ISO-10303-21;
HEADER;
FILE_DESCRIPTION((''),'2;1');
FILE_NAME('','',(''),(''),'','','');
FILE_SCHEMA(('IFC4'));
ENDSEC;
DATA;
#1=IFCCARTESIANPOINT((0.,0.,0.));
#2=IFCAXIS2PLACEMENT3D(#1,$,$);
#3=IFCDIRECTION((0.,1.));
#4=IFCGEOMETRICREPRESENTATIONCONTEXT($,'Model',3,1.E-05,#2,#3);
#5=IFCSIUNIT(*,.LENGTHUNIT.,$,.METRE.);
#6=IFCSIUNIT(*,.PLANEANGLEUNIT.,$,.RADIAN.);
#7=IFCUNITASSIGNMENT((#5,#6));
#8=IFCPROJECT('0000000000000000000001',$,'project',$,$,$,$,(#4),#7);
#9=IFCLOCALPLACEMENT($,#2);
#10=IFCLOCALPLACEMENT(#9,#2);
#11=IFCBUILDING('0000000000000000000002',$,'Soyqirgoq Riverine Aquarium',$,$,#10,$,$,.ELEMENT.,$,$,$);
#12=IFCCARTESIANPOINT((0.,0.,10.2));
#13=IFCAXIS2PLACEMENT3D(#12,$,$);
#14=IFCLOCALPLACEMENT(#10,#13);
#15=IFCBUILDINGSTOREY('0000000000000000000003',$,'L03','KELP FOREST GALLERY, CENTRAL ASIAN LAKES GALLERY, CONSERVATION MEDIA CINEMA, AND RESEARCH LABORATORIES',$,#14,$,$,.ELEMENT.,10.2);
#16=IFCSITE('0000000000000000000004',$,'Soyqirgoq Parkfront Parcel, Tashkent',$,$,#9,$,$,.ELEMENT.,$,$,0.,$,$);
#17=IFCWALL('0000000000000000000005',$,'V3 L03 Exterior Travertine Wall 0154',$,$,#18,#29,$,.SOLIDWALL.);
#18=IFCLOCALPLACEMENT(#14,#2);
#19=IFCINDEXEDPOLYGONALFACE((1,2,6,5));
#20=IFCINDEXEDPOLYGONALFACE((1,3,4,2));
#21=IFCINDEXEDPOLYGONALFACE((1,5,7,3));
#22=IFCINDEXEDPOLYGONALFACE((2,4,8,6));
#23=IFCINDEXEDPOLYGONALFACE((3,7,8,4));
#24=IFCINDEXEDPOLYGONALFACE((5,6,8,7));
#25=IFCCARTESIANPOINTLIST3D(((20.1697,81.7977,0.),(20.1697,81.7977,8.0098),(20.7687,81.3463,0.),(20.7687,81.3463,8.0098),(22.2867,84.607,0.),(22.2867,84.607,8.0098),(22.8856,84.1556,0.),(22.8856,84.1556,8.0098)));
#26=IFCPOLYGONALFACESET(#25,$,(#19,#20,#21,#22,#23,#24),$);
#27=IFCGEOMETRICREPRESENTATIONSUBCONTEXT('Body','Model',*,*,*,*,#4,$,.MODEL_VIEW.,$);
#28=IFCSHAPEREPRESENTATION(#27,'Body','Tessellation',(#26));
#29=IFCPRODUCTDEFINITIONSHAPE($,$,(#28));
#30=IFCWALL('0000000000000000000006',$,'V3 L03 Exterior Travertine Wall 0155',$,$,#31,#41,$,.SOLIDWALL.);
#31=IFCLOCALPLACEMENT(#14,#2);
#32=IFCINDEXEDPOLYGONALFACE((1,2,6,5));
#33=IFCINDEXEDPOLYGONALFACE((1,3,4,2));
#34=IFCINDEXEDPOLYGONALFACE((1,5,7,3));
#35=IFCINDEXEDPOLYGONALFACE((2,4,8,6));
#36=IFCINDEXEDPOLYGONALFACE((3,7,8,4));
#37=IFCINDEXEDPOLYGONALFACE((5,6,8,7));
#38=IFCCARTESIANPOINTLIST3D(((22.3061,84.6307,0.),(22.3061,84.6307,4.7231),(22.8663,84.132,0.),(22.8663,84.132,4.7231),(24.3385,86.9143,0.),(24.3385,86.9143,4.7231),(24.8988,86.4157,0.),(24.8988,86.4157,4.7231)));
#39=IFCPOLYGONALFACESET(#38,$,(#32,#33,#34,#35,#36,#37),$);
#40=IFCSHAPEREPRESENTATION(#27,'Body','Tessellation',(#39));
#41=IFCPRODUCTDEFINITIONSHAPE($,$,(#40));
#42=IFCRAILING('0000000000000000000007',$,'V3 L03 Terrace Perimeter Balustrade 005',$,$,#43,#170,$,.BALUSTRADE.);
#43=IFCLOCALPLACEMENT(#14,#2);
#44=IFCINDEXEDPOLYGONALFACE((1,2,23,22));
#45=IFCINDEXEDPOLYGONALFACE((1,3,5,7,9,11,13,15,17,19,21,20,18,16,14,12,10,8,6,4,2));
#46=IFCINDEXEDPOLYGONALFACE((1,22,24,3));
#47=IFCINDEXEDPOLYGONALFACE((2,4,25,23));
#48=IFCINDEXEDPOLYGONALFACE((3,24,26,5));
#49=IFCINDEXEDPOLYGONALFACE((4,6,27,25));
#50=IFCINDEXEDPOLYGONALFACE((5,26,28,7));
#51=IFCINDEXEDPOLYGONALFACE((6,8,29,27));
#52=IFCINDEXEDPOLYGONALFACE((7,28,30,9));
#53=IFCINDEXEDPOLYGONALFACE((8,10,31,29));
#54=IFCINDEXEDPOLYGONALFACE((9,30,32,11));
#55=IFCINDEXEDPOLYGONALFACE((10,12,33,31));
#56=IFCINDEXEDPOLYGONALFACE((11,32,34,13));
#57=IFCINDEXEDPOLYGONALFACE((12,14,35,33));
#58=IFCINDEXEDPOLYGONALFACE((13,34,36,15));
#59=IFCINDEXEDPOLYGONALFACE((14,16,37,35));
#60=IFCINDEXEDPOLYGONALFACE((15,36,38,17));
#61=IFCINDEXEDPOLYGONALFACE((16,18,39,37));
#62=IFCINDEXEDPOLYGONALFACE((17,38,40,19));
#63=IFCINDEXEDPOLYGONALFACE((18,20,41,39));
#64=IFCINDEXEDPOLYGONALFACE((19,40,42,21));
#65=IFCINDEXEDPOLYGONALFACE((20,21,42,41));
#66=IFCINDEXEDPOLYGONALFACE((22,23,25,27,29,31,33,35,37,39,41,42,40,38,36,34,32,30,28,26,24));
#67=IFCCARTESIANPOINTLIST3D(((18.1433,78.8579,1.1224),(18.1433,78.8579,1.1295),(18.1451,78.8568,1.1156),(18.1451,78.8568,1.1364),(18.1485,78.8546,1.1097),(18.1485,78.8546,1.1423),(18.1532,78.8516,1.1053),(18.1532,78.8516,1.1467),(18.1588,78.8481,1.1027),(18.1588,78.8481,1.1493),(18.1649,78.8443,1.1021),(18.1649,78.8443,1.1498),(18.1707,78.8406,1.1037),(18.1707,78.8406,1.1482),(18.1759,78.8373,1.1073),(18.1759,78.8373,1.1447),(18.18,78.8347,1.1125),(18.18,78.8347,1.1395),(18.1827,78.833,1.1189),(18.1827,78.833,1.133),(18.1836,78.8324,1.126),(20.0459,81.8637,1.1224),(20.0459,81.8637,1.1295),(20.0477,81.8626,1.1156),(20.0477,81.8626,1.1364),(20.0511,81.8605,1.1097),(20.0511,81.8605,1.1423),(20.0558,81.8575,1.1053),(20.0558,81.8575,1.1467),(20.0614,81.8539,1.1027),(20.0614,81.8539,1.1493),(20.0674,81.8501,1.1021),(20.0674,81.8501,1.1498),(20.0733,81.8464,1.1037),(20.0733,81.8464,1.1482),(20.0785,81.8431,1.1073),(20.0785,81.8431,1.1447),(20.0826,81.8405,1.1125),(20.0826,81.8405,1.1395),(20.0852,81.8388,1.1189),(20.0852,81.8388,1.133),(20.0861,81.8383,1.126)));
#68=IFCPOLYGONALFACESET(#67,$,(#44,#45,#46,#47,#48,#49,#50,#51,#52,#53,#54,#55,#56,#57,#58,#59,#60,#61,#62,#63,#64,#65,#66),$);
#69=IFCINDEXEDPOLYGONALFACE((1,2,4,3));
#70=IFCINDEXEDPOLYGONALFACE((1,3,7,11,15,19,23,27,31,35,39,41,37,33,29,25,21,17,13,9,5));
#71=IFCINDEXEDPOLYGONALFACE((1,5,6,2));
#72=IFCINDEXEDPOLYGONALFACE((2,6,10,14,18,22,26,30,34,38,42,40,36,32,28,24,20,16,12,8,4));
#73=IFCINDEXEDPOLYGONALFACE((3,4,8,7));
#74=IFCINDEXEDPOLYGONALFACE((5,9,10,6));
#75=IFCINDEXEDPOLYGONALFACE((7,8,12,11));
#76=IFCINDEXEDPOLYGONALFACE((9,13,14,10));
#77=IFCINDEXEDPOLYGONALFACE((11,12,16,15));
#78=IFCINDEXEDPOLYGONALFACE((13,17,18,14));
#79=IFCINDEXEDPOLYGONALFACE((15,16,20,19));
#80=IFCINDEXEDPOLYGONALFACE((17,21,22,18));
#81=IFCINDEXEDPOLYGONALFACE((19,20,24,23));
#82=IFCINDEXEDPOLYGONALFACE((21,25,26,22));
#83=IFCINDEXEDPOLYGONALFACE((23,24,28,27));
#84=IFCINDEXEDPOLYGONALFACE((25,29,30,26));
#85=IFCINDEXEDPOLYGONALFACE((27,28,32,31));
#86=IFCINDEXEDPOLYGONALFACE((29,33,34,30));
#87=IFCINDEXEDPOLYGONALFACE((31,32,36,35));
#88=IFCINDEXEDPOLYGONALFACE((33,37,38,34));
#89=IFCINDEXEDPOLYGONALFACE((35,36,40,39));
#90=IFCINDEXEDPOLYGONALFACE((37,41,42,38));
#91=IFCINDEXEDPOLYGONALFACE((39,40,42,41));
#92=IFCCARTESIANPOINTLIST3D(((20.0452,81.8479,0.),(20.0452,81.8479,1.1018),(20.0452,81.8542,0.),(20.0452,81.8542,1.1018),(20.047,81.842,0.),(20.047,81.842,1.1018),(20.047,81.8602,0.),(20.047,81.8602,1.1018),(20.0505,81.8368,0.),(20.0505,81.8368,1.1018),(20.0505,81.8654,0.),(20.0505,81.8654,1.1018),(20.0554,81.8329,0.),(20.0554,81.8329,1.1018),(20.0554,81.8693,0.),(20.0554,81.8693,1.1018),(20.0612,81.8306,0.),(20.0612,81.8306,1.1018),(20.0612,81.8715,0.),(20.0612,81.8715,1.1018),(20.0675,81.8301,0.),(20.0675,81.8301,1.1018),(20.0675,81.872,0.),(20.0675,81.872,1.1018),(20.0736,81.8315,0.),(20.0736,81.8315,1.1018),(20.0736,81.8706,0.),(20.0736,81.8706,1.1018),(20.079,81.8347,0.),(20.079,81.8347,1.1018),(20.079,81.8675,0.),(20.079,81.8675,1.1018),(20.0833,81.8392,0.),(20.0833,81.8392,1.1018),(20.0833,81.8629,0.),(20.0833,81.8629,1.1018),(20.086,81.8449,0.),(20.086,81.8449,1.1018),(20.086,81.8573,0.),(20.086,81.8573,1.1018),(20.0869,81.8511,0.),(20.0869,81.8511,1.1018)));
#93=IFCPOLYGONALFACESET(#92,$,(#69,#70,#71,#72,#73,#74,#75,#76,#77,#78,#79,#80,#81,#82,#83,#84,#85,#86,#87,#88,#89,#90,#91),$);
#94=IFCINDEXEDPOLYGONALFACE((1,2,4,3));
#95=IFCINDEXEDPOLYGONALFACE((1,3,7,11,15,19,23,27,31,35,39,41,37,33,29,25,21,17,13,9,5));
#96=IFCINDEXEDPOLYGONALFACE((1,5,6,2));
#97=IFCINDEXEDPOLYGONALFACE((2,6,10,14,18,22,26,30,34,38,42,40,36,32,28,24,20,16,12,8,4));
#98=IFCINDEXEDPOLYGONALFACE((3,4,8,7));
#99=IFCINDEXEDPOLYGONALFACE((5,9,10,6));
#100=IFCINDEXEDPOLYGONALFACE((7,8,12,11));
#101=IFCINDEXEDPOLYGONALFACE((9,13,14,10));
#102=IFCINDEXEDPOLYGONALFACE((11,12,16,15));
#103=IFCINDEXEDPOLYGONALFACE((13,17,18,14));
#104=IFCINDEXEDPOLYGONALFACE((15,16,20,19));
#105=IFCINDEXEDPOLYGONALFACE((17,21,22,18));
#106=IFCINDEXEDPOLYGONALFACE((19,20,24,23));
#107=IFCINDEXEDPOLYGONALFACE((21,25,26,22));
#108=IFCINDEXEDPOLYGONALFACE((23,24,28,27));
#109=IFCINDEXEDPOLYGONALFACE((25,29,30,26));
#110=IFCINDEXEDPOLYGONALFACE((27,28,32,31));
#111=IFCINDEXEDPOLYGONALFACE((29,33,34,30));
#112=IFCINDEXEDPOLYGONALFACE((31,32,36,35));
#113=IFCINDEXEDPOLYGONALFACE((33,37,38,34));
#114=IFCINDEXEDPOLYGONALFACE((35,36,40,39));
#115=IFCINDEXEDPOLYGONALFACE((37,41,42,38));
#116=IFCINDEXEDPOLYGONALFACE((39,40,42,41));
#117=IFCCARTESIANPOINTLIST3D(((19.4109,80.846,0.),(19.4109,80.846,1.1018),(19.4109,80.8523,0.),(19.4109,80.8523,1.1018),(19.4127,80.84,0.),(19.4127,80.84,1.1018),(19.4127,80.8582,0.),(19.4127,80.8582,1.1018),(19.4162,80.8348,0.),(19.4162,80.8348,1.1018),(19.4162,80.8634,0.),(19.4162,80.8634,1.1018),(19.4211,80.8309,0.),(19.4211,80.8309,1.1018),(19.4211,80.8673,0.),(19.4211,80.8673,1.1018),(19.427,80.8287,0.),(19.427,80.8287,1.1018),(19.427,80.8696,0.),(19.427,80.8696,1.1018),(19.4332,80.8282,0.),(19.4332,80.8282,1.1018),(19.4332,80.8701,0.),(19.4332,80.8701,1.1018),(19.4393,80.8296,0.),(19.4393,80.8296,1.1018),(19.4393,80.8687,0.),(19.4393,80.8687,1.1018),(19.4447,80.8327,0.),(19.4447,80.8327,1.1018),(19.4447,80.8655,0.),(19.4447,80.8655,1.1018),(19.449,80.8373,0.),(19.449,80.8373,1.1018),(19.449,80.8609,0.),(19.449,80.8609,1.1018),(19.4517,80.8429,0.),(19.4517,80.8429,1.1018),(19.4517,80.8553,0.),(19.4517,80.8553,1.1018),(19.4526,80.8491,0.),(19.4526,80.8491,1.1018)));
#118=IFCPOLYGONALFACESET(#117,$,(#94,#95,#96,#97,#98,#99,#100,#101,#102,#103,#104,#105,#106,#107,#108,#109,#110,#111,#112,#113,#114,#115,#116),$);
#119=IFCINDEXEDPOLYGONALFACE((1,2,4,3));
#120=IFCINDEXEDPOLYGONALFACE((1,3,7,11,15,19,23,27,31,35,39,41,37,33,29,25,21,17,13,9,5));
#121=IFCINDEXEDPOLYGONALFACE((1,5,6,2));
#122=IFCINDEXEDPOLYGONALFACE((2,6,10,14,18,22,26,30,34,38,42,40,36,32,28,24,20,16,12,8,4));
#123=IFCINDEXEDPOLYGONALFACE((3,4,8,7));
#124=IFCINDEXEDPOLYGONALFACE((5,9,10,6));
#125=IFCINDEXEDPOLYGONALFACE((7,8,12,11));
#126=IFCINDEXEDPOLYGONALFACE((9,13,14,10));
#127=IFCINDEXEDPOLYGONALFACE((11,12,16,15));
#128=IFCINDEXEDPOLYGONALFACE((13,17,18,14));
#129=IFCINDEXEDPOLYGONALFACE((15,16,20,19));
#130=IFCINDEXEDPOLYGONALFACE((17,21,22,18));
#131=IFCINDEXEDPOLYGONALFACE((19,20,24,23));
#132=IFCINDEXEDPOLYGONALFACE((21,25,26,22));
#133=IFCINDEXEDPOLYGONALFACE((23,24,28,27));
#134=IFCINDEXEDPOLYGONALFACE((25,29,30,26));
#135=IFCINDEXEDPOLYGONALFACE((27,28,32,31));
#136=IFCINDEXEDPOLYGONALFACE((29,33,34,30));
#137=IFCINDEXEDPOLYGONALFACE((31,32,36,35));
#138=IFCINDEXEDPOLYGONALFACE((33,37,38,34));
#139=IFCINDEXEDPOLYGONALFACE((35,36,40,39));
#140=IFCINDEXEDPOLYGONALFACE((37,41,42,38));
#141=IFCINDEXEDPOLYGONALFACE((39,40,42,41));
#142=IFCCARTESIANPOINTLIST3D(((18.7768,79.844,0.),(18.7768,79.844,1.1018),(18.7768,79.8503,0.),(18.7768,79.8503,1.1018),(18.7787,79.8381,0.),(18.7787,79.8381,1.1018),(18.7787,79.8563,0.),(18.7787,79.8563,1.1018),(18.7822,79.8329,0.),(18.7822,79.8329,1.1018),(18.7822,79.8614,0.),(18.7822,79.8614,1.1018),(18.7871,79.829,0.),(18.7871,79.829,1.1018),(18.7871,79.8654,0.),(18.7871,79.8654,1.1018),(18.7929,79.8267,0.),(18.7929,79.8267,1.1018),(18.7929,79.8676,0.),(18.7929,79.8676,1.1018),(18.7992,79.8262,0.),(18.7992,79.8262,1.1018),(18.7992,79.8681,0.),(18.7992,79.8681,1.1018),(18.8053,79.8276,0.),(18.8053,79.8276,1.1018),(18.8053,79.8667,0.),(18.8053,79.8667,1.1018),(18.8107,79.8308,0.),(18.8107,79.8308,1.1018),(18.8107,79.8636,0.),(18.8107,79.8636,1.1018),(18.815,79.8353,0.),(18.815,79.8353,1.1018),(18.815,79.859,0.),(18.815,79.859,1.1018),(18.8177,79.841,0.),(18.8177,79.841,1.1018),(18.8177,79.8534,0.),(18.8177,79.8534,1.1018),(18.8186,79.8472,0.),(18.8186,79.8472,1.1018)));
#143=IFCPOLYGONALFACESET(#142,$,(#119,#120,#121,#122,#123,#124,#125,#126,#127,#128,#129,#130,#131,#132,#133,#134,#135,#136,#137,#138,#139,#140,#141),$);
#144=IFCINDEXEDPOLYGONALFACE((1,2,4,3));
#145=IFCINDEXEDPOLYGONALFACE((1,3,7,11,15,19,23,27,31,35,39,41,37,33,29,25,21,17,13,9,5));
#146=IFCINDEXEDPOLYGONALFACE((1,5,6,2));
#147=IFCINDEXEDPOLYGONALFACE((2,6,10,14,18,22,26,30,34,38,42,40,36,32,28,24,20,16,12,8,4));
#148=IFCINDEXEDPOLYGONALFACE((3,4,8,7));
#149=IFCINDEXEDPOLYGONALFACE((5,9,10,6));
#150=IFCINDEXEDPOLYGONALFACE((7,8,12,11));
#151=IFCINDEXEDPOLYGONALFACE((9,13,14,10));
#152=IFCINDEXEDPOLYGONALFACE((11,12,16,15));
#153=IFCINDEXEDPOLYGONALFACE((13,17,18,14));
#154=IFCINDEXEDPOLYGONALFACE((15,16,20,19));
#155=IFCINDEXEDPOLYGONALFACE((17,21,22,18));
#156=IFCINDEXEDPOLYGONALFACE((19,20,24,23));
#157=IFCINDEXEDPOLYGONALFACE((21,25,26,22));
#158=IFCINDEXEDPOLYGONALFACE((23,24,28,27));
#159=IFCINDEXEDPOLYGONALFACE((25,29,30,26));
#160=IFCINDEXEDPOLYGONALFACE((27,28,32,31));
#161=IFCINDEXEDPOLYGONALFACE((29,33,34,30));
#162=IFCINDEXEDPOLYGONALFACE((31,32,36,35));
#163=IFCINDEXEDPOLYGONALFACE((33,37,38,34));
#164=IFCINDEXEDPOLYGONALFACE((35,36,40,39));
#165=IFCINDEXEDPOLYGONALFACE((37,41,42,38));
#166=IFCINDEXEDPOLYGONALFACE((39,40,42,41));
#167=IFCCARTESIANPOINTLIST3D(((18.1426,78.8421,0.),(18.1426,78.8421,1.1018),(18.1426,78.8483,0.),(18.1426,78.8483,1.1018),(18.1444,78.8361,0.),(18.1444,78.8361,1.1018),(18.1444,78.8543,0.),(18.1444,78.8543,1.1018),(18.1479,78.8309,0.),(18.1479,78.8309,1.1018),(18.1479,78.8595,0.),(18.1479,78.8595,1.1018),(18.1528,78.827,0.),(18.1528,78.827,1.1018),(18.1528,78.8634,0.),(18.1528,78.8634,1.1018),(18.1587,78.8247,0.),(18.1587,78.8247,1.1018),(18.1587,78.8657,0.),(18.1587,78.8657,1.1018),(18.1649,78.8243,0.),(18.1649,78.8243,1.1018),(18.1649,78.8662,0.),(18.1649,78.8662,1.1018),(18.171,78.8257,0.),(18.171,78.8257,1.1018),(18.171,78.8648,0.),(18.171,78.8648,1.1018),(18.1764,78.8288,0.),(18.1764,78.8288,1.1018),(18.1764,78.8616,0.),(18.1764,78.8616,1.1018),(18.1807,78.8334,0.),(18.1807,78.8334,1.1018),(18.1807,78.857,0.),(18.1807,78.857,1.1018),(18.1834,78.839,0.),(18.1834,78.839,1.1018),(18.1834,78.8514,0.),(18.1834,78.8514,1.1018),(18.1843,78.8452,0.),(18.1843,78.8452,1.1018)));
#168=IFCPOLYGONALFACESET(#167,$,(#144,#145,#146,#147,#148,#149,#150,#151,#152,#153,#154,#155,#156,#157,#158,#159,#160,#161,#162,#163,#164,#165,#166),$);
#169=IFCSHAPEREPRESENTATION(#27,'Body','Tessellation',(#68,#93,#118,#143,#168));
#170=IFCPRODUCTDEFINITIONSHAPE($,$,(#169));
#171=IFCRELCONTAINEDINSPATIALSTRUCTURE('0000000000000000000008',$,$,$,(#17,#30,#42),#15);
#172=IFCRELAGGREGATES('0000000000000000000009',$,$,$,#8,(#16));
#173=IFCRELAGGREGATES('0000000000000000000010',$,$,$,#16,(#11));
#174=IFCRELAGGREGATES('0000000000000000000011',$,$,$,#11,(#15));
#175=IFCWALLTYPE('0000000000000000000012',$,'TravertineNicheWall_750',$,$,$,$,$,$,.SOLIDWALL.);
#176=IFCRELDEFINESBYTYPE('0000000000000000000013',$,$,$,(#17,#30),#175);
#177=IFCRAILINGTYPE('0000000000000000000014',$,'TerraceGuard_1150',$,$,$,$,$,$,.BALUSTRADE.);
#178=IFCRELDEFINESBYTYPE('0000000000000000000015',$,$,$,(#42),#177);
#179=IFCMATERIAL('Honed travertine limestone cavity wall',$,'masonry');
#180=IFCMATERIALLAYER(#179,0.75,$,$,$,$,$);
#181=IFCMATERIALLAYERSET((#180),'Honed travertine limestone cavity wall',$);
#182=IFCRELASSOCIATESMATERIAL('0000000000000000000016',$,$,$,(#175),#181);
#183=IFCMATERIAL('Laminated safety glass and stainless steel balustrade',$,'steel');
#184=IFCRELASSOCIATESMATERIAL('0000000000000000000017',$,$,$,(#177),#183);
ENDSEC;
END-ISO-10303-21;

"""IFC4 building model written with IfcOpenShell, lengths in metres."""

from ifc_helpers import new_model, si_unit, direction, frame, frame_2d, origin, origin_2d, place, context, subcontext, project, spatial, rectangle, circle, extrude, material, layer, layer_set, type_object, element, save


model = new_model("IFC4")

# Units and contexts
model_context = context("Model", 3, precision=1e-05, world=origin(), true_north=direction((0.0, 1.0)))
body_context = subcontext(model_context, "Body", "Model", "MODEL_VIEW")
ifc_project = project(units=[si_unit("LENGTHUNIT", "METRE"), si_unit("PLANEANGLEUNIT", "RADIAN")], contexts=[model_context])

# Site, building, storey
site_placement = place(None, origin())
site = spatial("IfcSite", under=ifc_project, at=site_placement, Name="Soyqirgoq Parkfront Parcel, Tashkent", CompositionType="ELEMENT", RefElevation=0.0)
building_placement = place(site_placement, origin())
building = spatial("IfcBuilding", under=site, at=building_placement, Name="Soyqirgoq Riverine Aquarium", CompositionType="ELEMENT")
storey_placement = place(building_placement, frame((0.0, 0.0, 10.2)))
storey = spatial("IfcBuildingStorey", under=building, at=storey_placement, Name="L03", Description="KELP FOREST GALLERY, CENTRAL ASIAN LAKES GALLERY, CONSERVATION MEDIA CINEMA, AND RESEARCH LABORATORIES", CompositionType="ELEMENT", Elevation=10.2)

# Walls
ifc_material_1 = material(Name="Honed travertine limestone cavity wall", Category="masonry")
ifc_layer_1 = layer(ifc_material_1, 0.75)
ifc_layer_set_1 = layer_set([ifc_layer_1], Name="Honed travertine limestone cavity wall")
wall_type_1 = type_object("IfcWallType", Name="TravertineNicheWall_750", PredefinedType="SOLIDWALL", material=ifc_layer_set_1)
wall_1_placement = place(storey_placement, frame((20.4692, 81.572, 0.0), z_axis=(0.0, 0.0, 1.0), x_axis=(0.601809, 0.79864, 0.0)))
element("IfcWall", 1, at=wall_1_placement, inside=storey, type_object=wall_type_1, Name="V3 L03 Exterior Travertine Wall 0154", PredefinedType="SOLIDWALL", context=body_context, shape_type="SweptSolid", body=[
    extrude(rectangle(XDim=3.5176, YDim=0.75, at=frame_2d((1.7588, 0.0))), origin(), (0.0, 0.0, 1.0), 8.0098),
])
wall_2_placement = place(storey_placement, frame((22.5862, 84.3813, 0.0), z_axis=(0.0, 0.0, 1.0), x_axis=(0.664825, 0.746999, 0.0)))
element("IfcWall", 2, at=wall_2_placement, inside=storey, type_object=wall_type_1, Name="V3 L03 Exterior Travertine Wall 0155", PredefinedType="SOLIDWALL", context=body_context, shape_type="SweptSolid", body=[
    extrude(rectangle(XDim=3.0571, YDim=0.75, at=frame_2d((1.5286, 0.0))), origin(), (0.0, 0.0, 1.0), 4.7231),
])

# Railing
ifc_material_2 = material(Name="Laminated safety glass and stainless steel balustrade", Category="steel")
railing_type = type_object("IfcRailingType", Name="TerraceGuard_1150", PredefinedType="BALUSTRADE", material=ifc_material_2)
railing_1_placement = place(storey_placement, frame((20.0659, 81.8511, 0.0)))
element("IfcRailing", 3, at=railing_1_placement, inside=storey, type_object=railing_type, Name="V3 L03 Terrace Perimeter Balustrade 005", PredefinedType="BALUSTRADE", context=body_context, shape_type="SweptSolid", body=[
    extrude(circle(Radius=0.0239, at=origin_2d()), frame((0.0, 0.0, 1.126), z_axis=(-0.534827, -0.844962, 0.0), x_axis=(0.844962, -0.534827, 0.0)), (0.0, 0.0, 1.0), 3.5574),
    extrude(circle(Radius=0.021, at=origin_2d()), origin(), (0.0, 0.0, 1.0), 1.1018),
    extrude(circle(Radius=0.021, at=origin_2d()), frame((-0.6343, -1.002, 0.0)), (0.0, 0.0, 1.0), 1.1018),
    extrude(circle(Radius=0.021, at=origin_2d()), frame((-1.2683, -2.0039, 0.0)), (0.0, 0.0, 1.0), 1.1018),
    extrude(circle(Radius=0.021, at=origin_2d()), frame((-1.9026, -3.0059, 0.0)), (0.0, 0.0, 1.0), 1.1018),
])

save(model, "model.ifc")
